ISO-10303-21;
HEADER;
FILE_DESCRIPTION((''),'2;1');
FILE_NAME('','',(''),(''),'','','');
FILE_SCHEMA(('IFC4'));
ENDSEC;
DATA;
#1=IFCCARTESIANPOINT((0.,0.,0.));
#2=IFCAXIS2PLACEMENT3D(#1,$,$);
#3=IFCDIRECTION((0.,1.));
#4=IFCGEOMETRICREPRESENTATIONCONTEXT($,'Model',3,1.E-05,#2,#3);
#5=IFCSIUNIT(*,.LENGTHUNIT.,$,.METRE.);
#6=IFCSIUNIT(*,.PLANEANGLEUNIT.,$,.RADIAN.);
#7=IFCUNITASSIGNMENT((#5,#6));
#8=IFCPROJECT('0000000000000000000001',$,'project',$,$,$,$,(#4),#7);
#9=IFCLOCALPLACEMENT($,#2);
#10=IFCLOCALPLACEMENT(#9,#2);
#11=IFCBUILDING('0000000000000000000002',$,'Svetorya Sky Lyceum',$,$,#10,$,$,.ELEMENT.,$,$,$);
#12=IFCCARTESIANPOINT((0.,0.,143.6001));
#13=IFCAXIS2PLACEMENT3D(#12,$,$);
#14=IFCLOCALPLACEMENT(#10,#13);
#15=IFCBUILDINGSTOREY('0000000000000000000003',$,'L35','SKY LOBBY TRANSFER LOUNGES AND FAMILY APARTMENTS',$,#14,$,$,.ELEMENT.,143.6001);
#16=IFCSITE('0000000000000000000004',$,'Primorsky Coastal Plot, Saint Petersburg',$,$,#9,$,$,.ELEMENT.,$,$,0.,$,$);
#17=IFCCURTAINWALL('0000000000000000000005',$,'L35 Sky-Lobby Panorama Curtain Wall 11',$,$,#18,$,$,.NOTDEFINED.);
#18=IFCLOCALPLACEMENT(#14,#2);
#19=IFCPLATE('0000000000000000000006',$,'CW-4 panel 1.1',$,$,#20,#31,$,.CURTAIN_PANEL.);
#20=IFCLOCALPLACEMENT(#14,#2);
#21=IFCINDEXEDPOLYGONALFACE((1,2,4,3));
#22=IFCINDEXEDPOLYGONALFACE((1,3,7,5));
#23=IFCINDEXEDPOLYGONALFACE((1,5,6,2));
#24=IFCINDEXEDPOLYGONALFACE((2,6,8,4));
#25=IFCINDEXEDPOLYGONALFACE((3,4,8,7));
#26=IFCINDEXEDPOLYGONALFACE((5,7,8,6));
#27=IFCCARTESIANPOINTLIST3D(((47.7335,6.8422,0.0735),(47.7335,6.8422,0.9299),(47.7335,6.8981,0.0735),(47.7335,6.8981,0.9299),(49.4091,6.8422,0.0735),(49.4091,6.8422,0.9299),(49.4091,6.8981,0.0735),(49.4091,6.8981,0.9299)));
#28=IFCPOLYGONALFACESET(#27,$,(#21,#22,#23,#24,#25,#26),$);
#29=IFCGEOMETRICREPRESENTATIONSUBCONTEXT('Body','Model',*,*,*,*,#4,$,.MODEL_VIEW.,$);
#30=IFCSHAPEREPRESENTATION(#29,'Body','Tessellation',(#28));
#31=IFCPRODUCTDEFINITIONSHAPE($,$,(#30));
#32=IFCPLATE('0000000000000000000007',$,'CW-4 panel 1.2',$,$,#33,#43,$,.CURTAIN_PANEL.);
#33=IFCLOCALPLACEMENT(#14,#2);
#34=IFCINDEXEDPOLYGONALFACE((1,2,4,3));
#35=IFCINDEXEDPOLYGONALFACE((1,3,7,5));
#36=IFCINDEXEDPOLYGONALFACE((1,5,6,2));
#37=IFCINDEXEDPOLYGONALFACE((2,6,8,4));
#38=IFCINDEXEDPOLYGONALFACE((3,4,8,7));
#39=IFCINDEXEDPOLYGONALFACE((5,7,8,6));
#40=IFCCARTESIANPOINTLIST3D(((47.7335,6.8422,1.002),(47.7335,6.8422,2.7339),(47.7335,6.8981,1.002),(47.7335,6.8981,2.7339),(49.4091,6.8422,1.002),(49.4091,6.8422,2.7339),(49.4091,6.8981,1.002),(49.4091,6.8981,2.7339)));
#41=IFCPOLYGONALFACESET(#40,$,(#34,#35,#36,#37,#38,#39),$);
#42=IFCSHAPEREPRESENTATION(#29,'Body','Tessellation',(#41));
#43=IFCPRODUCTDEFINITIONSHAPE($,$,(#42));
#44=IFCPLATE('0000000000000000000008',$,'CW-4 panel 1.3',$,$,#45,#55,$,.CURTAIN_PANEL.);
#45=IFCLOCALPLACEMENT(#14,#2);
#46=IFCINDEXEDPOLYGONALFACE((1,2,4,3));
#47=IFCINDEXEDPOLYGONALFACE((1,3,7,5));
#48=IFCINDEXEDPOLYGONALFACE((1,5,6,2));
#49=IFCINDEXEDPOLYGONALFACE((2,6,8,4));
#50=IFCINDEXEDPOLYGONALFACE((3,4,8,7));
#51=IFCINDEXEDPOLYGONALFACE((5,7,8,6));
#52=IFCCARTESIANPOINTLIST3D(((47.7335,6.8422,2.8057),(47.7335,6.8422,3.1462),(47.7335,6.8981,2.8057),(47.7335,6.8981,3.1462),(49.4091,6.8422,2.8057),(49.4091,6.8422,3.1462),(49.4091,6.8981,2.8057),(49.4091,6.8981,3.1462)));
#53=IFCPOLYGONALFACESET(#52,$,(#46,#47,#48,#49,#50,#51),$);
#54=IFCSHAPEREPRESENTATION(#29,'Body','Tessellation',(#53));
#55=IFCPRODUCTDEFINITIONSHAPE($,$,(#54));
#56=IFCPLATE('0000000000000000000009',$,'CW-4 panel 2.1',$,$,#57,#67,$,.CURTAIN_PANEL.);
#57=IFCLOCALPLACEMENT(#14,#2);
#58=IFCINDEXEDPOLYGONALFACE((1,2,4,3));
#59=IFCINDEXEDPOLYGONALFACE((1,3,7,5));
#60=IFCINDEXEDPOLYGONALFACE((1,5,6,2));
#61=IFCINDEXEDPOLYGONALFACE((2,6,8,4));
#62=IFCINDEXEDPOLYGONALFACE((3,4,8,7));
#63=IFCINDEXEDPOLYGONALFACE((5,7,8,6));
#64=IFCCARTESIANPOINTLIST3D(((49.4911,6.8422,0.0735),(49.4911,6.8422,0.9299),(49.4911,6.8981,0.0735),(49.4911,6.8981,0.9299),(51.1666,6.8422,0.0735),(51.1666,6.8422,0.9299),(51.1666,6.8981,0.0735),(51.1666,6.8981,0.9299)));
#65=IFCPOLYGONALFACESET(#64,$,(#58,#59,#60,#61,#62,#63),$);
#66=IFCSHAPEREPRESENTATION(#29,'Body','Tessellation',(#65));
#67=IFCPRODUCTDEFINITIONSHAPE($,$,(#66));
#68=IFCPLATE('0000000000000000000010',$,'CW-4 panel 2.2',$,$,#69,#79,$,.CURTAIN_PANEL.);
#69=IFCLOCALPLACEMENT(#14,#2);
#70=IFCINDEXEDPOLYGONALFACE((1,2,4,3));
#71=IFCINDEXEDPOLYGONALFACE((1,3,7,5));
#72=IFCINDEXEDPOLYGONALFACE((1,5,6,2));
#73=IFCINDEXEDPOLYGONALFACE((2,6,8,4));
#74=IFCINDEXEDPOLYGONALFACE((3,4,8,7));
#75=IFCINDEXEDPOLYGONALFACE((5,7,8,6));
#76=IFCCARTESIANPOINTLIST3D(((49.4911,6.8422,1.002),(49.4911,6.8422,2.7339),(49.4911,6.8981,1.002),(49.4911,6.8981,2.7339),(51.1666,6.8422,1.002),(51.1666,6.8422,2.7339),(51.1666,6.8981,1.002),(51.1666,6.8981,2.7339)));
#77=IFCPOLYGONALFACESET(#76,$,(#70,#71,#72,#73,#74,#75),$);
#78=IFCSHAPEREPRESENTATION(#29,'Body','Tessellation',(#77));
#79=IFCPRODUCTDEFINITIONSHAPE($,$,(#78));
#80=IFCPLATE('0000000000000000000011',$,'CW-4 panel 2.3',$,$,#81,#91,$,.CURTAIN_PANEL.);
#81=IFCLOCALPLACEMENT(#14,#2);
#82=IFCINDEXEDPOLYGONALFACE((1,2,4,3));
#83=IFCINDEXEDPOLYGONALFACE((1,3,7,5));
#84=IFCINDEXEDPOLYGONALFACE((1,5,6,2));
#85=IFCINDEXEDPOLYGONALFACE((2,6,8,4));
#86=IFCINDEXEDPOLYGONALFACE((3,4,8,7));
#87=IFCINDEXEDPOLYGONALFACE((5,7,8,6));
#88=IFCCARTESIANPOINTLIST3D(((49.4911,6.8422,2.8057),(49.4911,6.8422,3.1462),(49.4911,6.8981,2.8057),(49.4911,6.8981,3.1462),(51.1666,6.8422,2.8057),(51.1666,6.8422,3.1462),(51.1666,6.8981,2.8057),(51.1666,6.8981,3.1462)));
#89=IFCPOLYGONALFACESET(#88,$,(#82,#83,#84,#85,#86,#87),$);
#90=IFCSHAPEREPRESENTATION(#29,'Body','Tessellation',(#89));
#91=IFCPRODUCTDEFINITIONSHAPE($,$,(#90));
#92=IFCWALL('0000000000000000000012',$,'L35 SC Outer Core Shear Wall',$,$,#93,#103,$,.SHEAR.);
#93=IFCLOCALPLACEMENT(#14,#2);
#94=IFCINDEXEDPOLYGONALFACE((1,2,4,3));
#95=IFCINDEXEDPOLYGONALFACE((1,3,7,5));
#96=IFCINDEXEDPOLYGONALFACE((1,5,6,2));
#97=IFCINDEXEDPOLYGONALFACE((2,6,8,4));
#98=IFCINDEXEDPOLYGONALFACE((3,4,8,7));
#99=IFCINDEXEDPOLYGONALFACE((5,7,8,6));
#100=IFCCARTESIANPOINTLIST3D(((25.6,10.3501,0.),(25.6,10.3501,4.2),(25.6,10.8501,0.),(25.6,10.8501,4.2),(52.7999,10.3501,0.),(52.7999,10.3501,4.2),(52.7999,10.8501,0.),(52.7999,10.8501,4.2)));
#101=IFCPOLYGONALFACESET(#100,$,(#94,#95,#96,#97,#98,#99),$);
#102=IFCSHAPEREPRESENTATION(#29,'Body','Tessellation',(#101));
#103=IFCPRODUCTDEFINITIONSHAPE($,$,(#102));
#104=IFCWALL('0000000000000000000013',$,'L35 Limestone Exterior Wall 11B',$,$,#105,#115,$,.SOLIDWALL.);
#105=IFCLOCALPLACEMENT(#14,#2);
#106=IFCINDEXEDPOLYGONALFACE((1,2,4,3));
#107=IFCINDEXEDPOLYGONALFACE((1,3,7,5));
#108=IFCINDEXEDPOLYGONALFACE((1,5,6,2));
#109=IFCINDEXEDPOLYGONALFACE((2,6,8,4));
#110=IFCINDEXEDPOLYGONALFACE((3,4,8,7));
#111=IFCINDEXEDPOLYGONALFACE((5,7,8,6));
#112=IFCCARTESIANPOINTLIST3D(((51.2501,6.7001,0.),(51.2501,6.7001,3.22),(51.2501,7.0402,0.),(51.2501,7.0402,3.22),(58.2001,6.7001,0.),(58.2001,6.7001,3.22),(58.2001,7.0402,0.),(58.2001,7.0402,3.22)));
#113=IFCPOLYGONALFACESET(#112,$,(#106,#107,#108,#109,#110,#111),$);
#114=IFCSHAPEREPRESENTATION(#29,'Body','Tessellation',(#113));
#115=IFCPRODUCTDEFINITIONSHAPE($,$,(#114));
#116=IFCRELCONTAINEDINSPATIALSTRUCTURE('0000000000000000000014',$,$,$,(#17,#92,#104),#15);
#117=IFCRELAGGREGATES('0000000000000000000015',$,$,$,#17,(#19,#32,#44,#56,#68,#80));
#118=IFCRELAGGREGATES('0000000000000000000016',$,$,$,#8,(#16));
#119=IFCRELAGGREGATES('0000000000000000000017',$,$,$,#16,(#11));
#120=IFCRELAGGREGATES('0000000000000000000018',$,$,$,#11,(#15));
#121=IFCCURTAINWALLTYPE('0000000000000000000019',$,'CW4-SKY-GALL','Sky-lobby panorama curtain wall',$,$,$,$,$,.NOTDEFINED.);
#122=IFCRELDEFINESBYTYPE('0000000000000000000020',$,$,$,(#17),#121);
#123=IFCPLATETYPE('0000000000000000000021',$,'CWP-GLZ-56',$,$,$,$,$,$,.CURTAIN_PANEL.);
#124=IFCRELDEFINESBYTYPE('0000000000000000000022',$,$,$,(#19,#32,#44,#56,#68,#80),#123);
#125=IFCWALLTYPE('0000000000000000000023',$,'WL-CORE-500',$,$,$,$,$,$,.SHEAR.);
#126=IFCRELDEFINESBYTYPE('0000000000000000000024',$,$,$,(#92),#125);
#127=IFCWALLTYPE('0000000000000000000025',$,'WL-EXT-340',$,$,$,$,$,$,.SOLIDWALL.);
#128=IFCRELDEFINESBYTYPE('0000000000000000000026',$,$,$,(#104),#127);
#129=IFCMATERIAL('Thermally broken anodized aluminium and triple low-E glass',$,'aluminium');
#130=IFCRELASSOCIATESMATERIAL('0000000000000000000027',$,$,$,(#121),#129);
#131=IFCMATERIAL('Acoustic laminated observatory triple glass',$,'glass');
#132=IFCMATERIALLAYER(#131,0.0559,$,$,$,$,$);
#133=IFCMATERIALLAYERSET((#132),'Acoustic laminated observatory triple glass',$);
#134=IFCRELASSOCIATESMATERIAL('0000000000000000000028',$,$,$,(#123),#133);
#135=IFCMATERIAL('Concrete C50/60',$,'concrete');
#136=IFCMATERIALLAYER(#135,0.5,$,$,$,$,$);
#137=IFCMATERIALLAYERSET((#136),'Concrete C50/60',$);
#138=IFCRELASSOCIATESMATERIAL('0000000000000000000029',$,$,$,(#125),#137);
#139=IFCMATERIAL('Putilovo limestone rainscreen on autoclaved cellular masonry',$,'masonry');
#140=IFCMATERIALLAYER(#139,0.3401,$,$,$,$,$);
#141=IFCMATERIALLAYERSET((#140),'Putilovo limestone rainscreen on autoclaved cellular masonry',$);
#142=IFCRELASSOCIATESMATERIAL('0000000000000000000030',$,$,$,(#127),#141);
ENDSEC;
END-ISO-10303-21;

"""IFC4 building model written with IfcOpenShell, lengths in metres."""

from ifc_helpers import new_model, si_unit, direction, frame, frame_2d, origin, origin_2d, place, context, subcontext, project, spatial, rectangle, extrude, material, layer, layer_set, type_object, element, aggregate, save


model = new_model("IFC4")

# Units and contexts
model_context = context("Model", 3, precision=1e-05, world=origin(), true_north=direction((0.0, 1.0)))
body_context = subcontext(model_context, "Body", "Model", "MODEL_VIEW")
ifc_project = project(units=[si_unit("LENGTHUNIT", "METRE"), si_unit("PLANEANGLEUNIT", "RADIAN")], contexts=[model_context])

# Site, building, storey
site_placement = place(None, origin())
site = spatial("IfcSite", under=ifc_project, at=site_placement, Name="Primorsky Coastal Plot, Saint Petersburg", CompositionType="ELEMENT", RefElevation=0.0)
building_placement = place(site_placement, origin())
building = spatial("IfcBuilding", under=site, at=building_placement, Name="Svetorya Sky Lyceum", CompositionType="ELEMENT")
storey_placement = place(building_placement, frame((0.0, 0.0, 143.6001)))
storey = spatial("IfcBuildingStorey", under=building, at=storey_placement, Name="L35", Description="SKY LOBBY TRANSFER LOUNGES AND FAMILY APARTMENTS", CompositionType="ELEMENT", Elevation=143.6001)

# Shared definitions
ifc_material_1 = material(Name="Concrete C50/60", Category="concrete")

# Curtain wall, plates
ifc_material_2 = material(Name="Thermally broken anodized aluminium and triple low-E glass", Category="aluminium")
curtain_wall_type = type_object("IfcCurtainWallType", Name="CW4-SKY-GALL", Description="Sky-lobby panorama curtain wall", PredefinedType="NOTDEFINED", material=ifc_material_2)
curtain_wall_placement = place(storey_placement, origin())
curtain_wall = element("IfcCurtainWall", 1, at=curtain_wall_placement, inside=storey, type_object=curtain_wall_type, Name="L35 Sky-Lobby Panorama Curtain Wall 11", PredefinedType="NOTDEFINED")
ifc_material_3 = material(Name="Acoustic laminated observatory triple glass", Category="glass")
ifc_layer_1 = layer(ifc_material_3, 0.0559)
ifc_layer_set_1 = layer_set([ifc_layer_1], Name="Acoustic laminated observatory triple glass")
plate_type = type_object("IfcPlateType", Name="CWP-GLZ-56", PredefinedType="CURTAIN_PANEL", material=ifc_layer_set_1)
plate_1_placement = place(storey_placement, frame((48.5713, 6.8701, 0.0735), z_axis=(0.0, 0.0, 1.0), x_axis=(1.0, 0.0, 0.0)))
plate_1 = element("IfcPlate", 2, at=plate_1_placement, type_object=plate_type, Name="CW-4 panel 1.1", PredefinedType="CURTAIN_PANEL", context=body_context, shape_type="SweptSolid", body=[
    extrude(rectangle(XDim=1.6755, YDim=0.0559, at=origin_2d()), origin(), (0.0, 0.0, 1.0), 0.8564),
])
plate_2_placement = place(storey_placement, frame((48.5713, 6.8701, 1.002), z_axis=(0.0, 0.0, 1.0), x_axis=(1.0, 0.0, 0.0)))
plate_2 = element("IfcPlate", 3, at=plate_2_placement, type_object=plate_type, Name="CW-4 panel 1.2", PredefinedType="CURTAIN_PANEL", context=body_context, shape_type="SweptSolid", body=[
    extrude(rectangle(XDim=1.6755, YDim=0.0559, at=origin_2d()), origin(), (0.0, 0.0, 1.0), 1.7319),
])
plate_3_placement = place(storey_placement, frame((48.5713, 6.8701, 2.8057), z_axis=(0.0, 0.0, 1.0), x_axis=(1.0, 0.0, 0.0)))
plate_3 = element("IfcPlate", 4, at=plate_3_placement, type_object=plate_type, Name="CW-4 panel 1.3", PredefinedType="CURTAIN_PANEL", context=body_context, shape_type="SweptSolid", body=[
    extrude(rectangle(XDim=1.6755, YDim=0.0559, at=origin_2d()), origin(), (0.0, 0.0, 1.0), 0.3406),
])
plate_4_placement = place(storey_placement, frame((50.3289, 6.8701, 0.0735), z_axis=(0.0, 0.0, 1.0), x_axis=(1.0, 0.0, 0.0)))
plate_4 = element("IfcPlate", 5, at=plate_4_placement, type_object=plate_type, Name="CW-4 panel 2.1", PredefinedType="CURTAIN_PANEL", context=body_context, shape_type="SweptSolid", body=[
    extrude(rectangle(XDim=1.6755, YDim=0.0559, at=origin_2d()), origin(), (0.0, 0.0, 1.0), 0.8564),
])
plate_5_placement = place(storey_placement, frame((50.3289, 6.8701, 1.002), z_axis=(0.0, 0.0, 1.0), x_axis=(1.0, 0.0, 0.0)))
plate_5 = element("IfcPlate", 6, at=plate_5_placement, type_object=plate_type, Name="CW-4 panel 2.2", PredefinedType="CURTAIN_PANEL", context=body_context, shape_type="SweptSolid", body=[
    extrude(rectangle(XDim=1.6755, YDim=0.0559, at=origin_2d()), origin(), (0.0, 0.0, 1.0), 1.7319),
])
plate_6_placement = place(storey_placement, frame((50.3289, 6.8701, 2.8057), z_axis=(0.0, 0.0, 1.0), x_axis=(1.0, 0.0, 0.0)))
plate_6 = element("IfcPlate", 7, at=plate_6_placement, type_object=plate_type, Name="CW-4 panel 2.3", PredefinedType="CURTAIN_PANEL", context=body_context, shape_type="SweptSolid", body=[
    extrude(rectangle(XDim=1.6755, YDim=0.0559, at=origin_2d()), origin(), (0.0, 0.0, 1.0), 0.3406),
])
aggregate(curtain_wall, [plate_1, plate_2, plate_3, plate_4, plate_5, plate_6])

# Walls
ifc_layer_2 = layer(ifc_material_1, 0.5)
ifc_layer_set_2 = layer_set([ifc_layer_2], Name="Concrete C50/60")
wall_type_1 = type_object("IfcWallType", Name="WL-CORE-500", PredefinedType="SHEAR", material=ifc_layer_set_2)
wall_1_placement = place(storey_placement, frame((52.8, 10.6001, 0.0), z_axis=(0.0, 0.0, 1.0), x_axis=(-1.0, 0.0, 0.0)))
element("IfcWall", 8, at=wall_1_placement, inside=storey, type_object=wall_type_1, Name="L35 SC Outer Core Shear Wall", PredefinedType="SHEAR", context=body_context, shape_type="SweptSolid", body=[
    extrude(rectangle(XDim=27.2, YDim=0.5, at=frame_2d((13.6001, 0.0))), origin(), (0.0, 0.0, 1.0), 4.2),
])
ifc_material_4 = material(Name="Putilovo limestone rainscreen on autoclaved cellular masonry", Category="masonry")
ifc_layer_3 = layer(ifc_material_4, 0.3401)
ifc_layer_set_3 = layer_set([ifc_layer_3], Name="Putilovo limestone rainscreen on autoclaved cellular masonry")
wall_type_2 = type_object("IfcWallType", Name="WL-EXT-340", PredefinedType="SOLIDWALL", material=ifc_layer_set_3)
wall_2_placement = place(storey_placement, frame((51.25, 6.8701, 0.0), z_axis=(0.0, 0.0, 1.0), x_axis=(1.0, 0.0, 0.0)))
element("IfcWall", 9, at=wall_2_placement, inside=storey, type_object=wall_type_2, Name="L35 Limestone Exterior Wall 11B", PredefinedType="SOLIDWALL", context=body_context, shape_type="SweptSolid", body=[
    extrude(rectangle(XDim=6.95, YDim=0.3401, at=frame_2d((3.4751, 0.0))), origin(), (0.0, 0.0, 1.0), 3.22),
])

save(model, "model.ifc")
